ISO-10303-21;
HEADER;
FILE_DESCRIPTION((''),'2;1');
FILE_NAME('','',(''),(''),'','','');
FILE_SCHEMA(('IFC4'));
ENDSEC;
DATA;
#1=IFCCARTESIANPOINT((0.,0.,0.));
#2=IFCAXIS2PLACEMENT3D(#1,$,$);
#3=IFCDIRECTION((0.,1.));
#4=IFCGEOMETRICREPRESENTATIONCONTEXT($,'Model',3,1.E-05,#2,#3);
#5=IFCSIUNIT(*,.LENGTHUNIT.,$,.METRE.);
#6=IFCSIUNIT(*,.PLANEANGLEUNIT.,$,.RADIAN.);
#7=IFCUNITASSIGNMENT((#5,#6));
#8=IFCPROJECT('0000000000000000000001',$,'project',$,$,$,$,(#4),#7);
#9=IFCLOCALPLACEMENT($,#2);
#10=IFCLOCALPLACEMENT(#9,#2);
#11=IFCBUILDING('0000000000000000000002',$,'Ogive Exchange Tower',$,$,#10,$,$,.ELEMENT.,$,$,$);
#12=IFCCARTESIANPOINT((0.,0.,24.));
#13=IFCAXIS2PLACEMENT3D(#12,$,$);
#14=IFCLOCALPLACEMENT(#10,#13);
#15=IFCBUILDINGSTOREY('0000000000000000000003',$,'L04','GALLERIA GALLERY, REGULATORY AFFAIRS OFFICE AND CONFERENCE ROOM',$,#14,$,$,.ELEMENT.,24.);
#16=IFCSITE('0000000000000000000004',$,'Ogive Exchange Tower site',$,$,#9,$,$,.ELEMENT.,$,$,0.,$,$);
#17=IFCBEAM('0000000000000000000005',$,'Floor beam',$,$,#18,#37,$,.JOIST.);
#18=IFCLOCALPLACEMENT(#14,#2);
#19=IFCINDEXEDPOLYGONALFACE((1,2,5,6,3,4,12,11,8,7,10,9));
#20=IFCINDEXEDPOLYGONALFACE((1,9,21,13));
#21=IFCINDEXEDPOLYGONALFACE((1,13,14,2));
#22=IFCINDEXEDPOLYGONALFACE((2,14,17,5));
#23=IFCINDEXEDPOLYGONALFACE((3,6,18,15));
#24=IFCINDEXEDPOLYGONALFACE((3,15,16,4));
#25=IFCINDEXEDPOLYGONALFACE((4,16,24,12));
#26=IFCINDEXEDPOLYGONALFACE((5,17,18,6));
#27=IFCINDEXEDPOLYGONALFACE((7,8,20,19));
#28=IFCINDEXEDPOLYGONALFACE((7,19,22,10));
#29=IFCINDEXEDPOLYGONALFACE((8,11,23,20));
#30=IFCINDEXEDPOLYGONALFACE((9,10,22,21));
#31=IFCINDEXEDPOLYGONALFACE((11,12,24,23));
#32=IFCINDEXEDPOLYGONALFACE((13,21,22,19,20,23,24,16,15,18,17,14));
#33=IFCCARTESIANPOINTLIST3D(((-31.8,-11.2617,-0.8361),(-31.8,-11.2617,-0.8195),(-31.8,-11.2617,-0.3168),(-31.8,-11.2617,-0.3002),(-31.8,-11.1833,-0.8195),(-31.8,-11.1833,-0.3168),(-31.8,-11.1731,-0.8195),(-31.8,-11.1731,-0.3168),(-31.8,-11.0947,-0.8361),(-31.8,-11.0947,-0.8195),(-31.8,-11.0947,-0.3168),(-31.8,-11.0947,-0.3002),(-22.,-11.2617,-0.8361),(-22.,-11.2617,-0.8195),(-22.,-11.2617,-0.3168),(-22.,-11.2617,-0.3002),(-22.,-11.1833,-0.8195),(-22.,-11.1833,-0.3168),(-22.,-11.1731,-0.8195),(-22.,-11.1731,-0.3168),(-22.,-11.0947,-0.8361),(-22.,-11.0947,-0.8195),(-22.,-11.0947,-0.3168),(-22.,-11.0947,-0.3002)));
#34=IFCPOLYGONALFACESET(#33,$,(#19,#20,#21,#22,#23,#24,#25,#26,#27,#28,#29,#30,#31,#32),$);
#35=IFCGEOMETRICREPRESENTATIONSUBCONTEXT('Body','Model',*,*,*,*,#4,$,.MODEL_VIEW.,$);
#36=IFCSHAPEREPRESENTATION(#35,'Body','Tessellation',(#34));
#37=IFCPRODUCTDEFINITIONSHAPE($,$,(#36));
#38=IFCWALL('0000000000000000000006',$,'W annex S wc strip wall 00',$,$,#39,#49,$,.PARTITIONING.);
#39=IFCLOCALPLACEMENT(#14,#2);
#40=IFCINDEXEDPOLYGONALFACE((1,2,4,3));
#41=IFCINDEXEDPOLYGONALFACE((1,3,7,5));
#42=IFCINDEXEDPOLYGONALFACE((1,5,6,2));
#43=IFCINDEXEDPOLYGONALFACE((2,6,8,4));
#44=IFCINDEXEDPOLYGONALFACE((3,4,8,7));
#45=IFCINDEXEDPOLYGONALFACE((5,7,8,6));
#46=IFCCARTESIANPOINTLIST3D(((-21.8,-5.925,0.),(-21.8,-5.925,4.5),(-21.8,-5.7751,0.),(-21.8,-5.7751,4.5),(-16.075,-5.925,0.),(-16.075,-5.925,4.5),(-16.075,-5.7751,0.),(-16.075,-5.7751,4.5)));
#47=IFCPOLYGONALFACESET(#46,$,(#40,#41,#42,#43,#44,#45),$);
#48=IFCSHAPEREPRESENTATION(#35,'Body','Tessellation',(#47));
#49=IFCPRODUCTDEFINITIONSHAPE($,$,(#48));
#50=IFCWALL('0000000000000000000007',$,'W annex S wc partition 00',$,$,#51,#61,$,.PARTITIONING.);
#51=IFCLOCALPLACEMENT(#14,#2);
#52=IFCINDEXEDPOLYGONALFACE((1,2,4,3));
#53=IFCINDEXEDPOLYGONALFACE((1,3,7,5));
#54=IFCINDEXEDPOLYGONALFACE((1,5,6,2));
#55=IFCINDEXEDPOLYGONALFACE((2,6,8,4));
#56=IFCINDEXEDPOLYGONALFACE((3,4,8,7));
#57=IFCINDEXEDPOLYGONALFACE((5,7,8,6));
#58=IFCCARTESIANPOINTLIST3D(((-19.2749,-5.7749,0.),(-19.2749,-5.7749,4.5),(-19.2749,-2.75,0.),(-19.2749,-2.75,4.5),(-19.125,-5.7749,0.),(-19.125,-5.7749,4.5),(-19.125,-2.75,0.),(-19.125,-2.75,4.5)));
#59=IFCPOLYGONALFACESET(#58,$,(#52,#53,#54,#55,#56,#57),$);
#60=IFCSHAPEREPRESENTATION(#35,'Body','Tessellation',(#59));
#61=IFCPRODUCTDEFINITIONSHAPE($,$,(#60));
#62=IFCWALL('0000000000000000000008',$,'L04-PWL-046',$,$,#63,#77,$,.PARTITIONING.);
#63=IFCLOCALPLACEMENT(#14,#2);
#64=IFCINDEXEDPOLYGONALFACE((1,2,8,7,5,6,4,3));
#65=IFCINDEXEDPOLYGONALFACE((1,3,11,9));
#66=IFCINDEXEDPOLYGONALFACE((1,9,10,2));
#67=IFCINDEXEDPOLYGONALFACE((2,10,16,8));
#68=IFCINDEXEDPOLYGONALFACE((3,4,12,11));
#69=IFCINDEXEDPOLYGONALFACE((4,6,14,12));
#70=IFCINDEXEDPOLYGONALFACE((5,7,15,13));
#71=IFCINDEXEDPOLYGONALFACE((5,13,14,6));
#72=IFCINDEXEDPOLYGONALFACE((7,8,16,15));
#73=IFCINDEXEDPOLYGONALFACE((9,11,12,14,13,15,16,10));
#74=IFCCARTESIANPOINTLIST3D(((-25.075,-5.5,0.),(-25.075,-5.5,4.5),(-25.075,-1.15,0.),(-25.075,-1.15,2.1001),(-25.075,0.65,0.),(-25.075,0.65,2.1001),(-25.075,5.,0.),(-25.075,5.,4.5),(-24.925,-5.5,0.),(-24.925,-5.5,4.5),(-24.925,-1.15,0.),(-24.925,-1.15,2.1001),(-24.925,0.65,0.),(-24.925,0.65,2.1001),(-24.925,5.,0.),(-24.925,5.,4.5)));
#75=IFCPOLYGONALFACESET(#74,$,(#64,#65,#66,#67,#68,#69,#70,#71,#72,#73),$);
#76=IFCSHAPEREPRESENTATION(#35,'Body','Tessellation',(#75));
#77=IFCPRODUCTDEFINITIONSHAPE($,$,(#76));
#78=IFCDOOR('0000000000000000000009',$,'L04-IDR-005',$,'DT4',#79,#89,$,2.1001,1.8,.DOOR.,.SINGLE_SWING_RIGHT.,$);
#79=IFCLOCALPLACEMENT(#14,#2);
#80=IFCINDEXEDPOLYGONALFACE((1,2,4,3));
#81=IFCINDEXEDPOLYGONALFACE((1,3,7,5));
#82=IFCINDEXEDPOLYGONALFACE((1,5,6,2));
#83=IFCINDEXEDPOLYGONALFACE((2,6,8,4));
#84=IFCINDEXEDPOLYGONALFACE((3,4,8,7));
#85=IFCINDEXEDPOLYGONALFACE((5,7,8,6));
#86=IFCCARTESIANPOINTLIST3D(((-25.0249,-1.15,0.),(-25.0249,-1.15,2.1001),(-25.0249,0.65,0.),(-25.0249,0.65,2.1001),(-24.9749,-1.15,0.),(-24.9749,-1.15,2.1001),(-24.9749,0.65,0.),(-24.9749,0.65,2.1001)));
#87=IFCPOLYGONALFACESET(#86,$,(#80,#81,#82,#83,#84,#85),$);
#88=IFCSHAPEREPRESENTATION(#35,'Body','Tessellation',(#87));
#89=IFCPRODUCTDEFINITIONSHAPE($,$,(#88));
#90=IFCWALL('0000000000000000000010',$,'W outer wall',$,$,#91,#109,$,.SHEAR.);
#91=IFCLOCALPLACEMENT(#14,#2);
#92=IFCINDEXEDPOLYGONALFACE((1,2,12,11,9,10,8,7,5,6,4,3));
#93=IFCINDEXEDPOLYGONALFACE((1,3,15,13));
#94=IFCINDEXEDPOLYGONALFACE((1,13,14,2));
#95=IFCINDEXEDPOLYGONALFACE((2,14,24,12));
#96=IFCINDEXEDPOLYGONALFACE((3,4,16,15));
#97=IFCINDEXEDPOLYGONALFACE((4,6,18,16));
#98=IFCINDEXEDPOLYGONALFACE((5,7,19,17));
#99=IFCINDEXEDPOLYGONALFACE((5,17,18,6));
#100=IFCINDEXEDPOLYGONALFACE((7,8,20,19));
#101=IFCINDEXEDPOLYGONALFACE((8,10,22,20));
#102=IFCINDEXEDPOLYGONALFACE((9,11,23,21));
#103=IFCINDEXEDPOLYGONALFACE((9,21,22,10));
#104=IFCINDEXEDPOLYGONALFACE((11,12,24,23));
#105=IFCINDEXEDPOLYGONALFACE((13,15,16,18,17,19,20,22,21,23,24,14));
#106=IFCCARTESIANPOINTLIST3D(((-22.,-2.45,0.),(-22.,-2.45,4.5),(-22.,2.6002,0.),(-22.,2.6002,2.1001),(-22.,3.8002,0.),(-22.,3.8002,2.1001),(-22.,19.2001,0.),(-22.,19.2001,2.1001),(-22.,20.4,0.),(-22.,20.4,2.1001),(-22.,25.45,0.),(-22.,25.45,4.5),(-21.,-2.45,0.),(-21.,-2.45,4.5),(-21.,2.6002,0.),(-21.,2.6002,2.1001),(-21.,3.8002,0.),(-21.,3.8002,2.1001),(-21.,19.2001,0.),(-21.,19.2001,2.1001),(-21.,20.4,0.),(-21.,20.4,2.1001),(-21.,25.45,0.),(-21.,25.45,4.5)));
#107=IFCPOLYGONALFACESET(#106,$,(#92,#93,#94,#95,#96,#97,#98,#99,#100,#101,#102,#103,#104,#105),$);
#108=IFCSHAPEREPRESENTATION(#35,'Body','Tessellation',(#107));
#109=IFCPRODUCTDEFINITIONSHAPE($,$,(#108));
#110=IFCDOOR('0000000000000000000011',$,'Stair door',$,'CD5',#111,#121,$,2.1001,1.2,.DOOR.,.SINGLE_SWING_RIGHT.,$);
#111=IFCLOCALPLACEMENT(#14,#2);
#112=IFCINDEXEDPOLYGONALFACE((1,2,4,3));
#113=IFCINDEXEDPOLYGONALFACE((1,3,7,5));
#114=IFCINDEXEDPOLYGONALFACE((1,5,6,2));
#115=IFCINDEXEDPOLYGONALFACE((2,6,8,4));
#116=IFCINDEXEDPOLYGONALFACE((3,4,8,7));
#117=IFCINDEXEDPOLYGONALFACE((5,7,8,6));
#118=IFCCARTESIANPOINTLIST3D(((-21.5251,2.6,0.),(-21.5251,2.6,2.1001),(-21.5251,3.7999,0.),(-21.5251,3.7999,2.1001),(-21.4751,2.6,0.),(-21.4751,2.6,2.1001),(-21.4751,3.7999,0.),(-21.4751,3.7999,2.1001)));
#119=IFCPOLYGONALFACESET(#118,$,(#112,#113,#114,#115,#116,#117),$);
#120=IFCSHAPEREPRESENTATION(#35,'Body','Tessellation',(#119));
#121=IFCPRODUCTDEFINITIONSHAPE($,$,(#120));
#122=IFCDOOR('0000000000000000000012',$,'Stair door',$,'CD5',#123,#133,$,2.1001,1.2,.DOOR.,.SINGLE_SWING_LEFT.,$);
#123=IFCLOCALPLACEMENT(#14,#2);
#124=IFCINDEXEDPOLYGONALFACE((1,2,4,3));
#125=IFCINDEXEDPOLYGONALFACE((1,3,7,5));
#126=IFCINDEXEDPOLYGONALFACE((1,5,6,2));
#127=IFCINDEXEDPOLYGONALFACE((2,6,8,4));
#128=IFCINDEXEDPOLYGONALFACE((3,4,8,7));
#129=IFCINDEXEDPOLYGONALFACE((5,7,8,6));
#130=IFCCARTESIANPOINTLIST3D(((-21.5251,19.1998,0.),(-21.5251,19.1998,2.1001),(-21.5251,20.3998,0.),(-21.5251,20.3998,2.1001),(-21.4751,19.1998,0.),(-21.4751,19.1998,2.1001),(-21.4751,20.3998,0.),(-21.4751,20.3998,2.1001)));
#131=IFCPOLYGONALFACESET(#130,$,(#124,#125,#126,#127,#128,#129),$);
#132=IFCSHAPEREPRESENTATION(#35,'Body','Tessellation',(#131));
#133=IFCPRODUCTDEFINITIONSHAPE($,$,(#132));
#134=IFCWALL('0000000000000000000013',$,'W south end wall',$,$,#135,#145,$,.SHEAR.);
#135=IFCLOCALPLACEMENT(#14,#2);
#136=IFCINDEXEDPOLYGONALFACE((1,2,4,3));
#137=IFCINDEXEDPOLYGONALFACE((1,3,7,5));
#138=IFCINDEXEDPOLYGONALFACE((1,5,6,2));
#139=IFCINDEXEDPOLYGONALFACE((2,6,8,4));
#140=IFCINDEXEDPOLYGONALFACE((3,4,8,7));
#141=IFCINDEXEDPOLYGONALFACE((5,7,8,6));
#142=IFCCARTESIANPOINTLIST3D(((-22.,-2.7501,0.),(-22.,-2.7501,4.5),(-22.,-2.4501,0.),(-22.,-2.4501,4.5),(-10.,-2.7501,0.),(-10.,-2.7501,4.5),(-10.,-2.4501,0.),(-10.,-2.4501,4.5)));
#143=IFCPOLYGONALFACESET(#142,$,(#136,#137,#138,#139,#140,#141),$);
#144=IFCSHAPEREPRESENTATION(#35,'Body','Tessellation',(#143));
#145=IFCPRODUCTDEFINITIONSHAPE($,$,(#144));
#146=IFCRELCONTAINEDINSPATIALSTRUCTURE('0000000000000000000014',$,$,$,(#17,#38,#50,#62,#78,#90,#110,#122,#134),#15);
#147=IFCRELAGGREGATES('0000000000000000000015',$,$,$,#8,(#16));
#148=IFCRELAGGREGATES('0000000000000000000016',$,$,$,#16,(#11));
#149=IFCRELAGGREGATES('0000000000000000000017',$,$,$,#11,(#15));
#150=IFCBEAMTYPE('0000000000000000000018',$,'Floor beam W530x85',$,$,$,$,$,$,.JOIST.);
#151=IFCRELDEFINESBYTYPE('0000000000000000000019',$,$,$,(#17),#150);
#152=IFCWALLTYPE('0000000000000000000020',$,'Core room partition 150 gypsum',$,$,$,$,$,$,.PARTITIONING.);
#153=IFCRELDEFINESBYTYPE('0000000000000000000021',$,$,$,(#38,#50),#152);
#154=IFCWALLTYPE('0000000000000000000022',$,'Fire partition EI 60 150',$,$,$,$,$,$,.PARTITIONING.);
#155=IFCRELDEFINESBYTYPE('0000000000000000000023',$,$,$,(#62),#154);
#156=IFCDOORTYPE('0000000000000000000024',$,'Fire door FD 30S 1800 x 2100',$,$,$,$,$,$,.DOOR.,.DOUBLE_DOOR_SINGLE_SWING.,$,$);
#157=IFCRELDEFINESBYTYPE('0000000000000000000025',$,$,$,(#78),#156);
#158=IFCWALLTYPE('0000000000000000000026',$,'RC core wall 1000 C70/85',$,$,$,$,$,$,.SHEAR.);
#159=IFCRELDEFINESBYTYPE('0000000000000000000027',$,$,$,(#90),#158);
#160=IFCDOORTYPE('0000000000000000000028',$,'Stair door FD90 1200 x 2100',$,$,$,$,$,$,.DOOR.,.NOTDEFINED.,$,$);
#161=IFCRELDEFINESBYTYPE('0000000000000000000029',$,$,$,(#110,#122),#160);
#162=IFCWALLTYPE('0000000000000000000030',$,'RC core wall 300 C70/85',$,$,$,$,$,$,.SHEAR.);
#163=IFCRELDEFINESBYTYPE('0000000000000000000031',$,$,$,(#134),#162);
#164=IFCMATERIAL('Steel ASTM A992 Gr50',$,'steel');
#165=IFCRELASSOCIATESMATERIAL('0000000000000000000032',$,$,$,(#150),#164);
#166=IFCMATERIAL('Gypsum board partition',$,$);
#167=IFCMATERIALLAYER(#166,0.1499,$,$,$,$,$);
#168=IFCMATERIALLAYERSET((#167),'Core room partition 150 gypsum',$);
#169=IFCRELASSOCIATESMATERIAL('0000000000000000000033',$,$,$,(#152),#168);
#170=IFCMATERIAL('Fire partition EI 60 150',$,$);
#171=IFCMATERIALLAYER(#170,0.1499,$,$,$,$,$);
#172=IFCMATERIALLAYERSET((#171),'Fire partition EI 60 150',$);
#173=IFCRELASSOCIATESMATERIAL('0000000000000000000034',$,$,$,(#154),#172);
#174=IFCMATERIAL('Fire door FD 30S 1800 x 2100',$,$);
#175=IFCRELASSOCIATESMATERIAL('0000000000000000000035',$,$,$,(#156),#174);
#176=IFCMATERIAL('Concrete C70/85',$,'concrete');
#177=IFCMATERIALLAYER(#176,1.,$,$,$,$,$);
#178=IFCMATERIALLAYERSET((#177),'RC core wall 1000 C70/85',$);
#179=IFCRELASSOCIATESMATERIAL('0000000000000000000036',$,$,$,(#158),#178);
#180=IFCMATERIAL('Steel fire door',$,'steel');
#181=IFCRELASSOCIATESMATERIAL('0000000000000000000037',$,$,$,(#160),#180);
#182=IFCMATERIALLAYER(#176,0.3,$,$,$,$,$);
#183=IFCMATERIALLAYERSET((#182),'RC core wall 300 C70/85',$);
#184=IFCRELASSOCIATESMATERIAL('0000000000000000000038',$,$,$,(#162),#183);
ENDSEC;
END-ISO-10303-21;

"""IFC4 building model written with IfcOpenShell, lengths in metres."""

from ifc_helpers import new_model, si_unit, direction, frame, frame_2d, origin, origin_2d, place, context, subcontext, project, spatial, rectangle, i_section, extrude, material, layer, layer_set, material_profile, profile_set, type_object, element, fill, save


model = new_model("IFC4")

# Units and contexts
model_context = context("Model", 3, precision=1e-05, world=origin(), true_north=direction((0.0, 1.0)))
body_context = subcontext(model_context, "Body", "Model", "MODEL_VIEW")
ifc_project = project(units=[si_unit("LENGTHUNIT", "METRE"), si_unit("PLANEANGLEUNIT", "RADIAN")], contexts=[model_context])

# Site, building, storey
site_placement = place(None, origin())
site = spatial("IfcSite", under=ifc_project, at=site_placement, Name="Ogive Exchange Tower site", CompositionType="ELEMENT", RefElevation=0.0)
building_placement = place(site_placement, origin())
building = spatial("IfcBuilding", under=site, at=building_placement, Name="Ogive Exchange Tower", CompositionType="ELEMENT")
storey_placement = place(building_placement, frame((0.0, 0.0, 24.0)))
storey = spatial("IfcBuildingStorey", under=building, at=storey_placement, Name="L04", Description="GALLERIA GALLERY, REGULATORY AFFAIRS OFFICE AND CONFERENCE ROOM", CompositionType="ELEMENT", Elevation=24.0)

# Beam
ifc_material_1 = material(Name="Steel ASTM A992 Gr50", Category="steel")
ifc_material_profile = material_profile(ifc_material_1, i_section(OverallWidth=0.167, OverallDepth=0.5359, WebThickness=0.0103, FlangeThickness=0.0166, at=origin_2d()), Name="W530x85")
ifc_profile_set = profile_set([ifc_material_profile], Name="Steel ASTM A992 Gr50")
beam_type = type_object("IfcBeamType", Name="Floor beam W530x85", PredefinedType="JOIST", material=ifc_profile_set)
beam_placement = place(storey_placement, frame((-31.8, -11.1782, -0.5681), z_axis=(1.0, 0.0, 0.0), x_axis=(0.0, 1.0, 0.0)))
element("IfcBeam", 1, at=beam_placement, inside=storey, type_object=beam_type, Name="Floor beam", PredefinedType="JOIST", context=body_context, shape_type="SweptSolid", body=[
    extrude(i_section(OverallWidth=0.167, OverallDepth=0.5359, WebThickness=0.0103, FlangeThickness=0.0166, at=origin_2d()), origin(), (0.0, 0.0, 1.0), 9.8),
])

# Walls
ifc_material_2 = material(Name="Gypsum board partition")
ifc_layer_1 = layer(ifc_material_2, 0.1499)
ifc_layer_set_1 = layer_set([ifc_layer_1], Name="Core room partition 150 gypsum")
wall_type_1 = type_object("IfcWallType", Name="Core room partition 150 gypsum", PredefinedType="PARTITIONING", material=ifc_layer_set_1)
wall_1_placement = place(storey_placement, frame((-21.8, -5.8501, 0.0), z_axis=(0.0, 0.0, 1.0), x_axis=(1.0, 0.0, 0.0)))
element("IfcWall", 2, at=wall_1_placement, inside=storey, type_object=wall_type_1, Name="W annex S wc strip wall 00", PredefinedType="PARTITIONING", context=body_context, shape_type="SweptSolid", body=[
    extrude(rectangle(XDim=5.7251, YDim=0.1499, at=frame_2d((2.8625, 0.0))), origin(), (0.0, 0.0, 1.0), 4.5),
])
wall_2_placement = place(storey_placement, frame((-19.2, -5.7749, 0.0), z_axis=(0.0, 0.0, 1.0), x_axis=(0.0, 1.0, 0.0)))
element("IfcWall", 3, at=wall_2_placement, inside=storey, type_object=wall_type_1, Name="W annex S wc partition 00", PredefinedType="PARTITIONING", context=body_context, shape_type="SweptSolid", body=[
    extrude(rectangle(XDim=3.0249, YDim=0.1499, at=frame_2d((1.5125, 0.0))), origin(), (0.0, 0.0, 1.0), 4.5),
])

# Wall, opening, door
ifc_material_3 = material(Name="Fire partition EI 60 150")
ifc_layer_2 = layer(ifc_material_3, 0.1499)
ifc_layer_set_2 = layer_set([ifc_layer_2], Name="Fire partition EI 60 150")
wall_type_2 = type_object("IfcWallType", Name="Fire partition EI 60 150", PredefinedType="PARTITIONING", material=ifc_layer_set_2)
wall_3_placement = place(storey_placement, frame((-25.0, -5.5, 0.0), z_axis=(0.0, 0.0, 1.0), x_axis=(0.0, 1.0, 0.0)))
wall_3 = element("IfcWall", 4, at=wall_3_placement, inside=storey, type_object=wall_type_2, Name="L04-PWL-046", PredefinedType="PARTITIONING", context=body_context, shape_type="SweptSolid", body=[
    extrude(rectangle(XDim=10.5, YDim=0.1499, at=frame_2d((5.25, 0.0))), origin(), (0.0, 0.0, 1.0), 4.5),
])
opening_1_placement = place(wall_3_placement, frame((4.3501, 0.0, 0.0)))
opening_1 = element("IfcOpeningElement", 5, at=opening_1_placement, cuts=wall_3, PredefinedType="OPENING", context=body_context, shape_type="SweptSolid", body=[
    extrude(rectangle(XDim=1.8, YDim=2.1001, at=frame_2d((0.8999, 1.05))), frame((0.0, 0.085, 0.0), z_axis=(0.0, -1.0, 0.0), x_axis=(1.0, 0.0, 0.0)), (0.0, 0.0, 1.0), 0.1699),
])
ifc_material_4 = material(Name="Fire door FD 30S 1800 x 2100")
door_type_1 = type_object("IfcDoorType", Name="Fire door FD 30S 1800 x 2100", OperationType="DOUBLE_DOOR_SINGLE_SWING", PredefinedType="DOOR", material=ifc_material_4)
door_1_placement = place(opening_1_placement, origin())
door_1 = element("IfcDoor", 6, at=door_1_placement, inside=storey, type_object=door_type_1, Name="L04-IDR-005", ObjectType="DT4", OperationType="SINGLE_SWING_RIGHT", OverallHeight=2.1001, OverallWidth=1.8, PredefinedType="DOOR", context=body_context, shape_type="SweptSolid", body=[
    extrude(rectangle(XDim=1.8, YDim=2.1001, at=frame_2d((0.8999, 1.05))), frame((0.0, 0.0249, 0.0), z_axis=(0.0, -1.0, 0.0), x_axis=(1.0, 0.0, 0.0)), (0.0, 0.0, 1.0), 0.05),
])
fill(opening_1, door_1)

# Wall, openings, doors
ifc_material_5 = material(Name="Concrete C70/85", Category="concrete")
ifc_layer_3 = layer(ifc_material_5, 1.0)
ifc_layer_set_3 = layer_set([ifc_layer_3], Name="RC core wall 1000 C70/85")
wall_type_3 = type_object("IfcWallType", Name="RC core wall 1000 C70/85", PredefinedType="SHEAR", material=ifc_layer_set_3)
wall_4_placement = place(storey_placement, frame((-21.5, -2.45, 0.0), z_axis=(0.0, 0.0, 1.0), x_axis=(0.0, 1.0, 0.0)))
wall_4 = element("IfcWall", 7, at=wall_4_placement, inside=storey, type_object=wall_type_3, Name="W outer wall", PredefinedType="SHEAR", context=body_context, shape_type="SweptSolid", body=[
    extrude(rectangle(XDim=27.8999, YDim=1.0, at=frame_2d((13.95, 0.0))), origin(), (0.0, 0.0, 1.0), 4.5),
])
opening_2_placement = place(wall_4_placement, frame((5.05, 0.0, 0.0)))
opening_2 = element("IfcOpeningElement", 8, at=opening_2_placement, cuts=wall_4, PredefinedType="OPENING", context=body_context, shape_type="SweptSolid", body=[
    extrude(rectangle(XDim=1.2, YDim=2.1001, at=frame_2d((0.6001, 1.05))), frame((0.0, 0.51, 0.0), z_axis=(0.0, -1.0, 0.0), x_axis=(1.0, 0.0, 0.0)), (0.0, 0.0, 1.0), 1.02),
])
opening_3_placement = place(wall_4_placement, frame((21.6499, 0.0, 0.0)))
opening_3 = element("IfcOpeningElement", 9, at=opening_3_placement, cuts=wall_4, PredefinedType="OPENING", context=body_context, shape_type="SweptSolid", body=[
    extrude(rectangle(XDim=1.2, YDim=2.1001, at=frame_2d((0.6001, 1.05))), frame((0.0, 0.51, 0.0), z_axis=(0.0, -1.0, 0.0), x_axis=(1.0, 0.0, 0.0)), (0.0, 0.0, 1.0), 1.02),
])
ifc_material_6 = material(Name="Steel fire door", Category="steel")
door_type_2 = type_object("IfcDoorType", Name="Stair door FD90 1200 x 2100", OperationType="NOTDEFINED", PredefinedType="DOOR", material=ifc_material_6)
door_2_placement = place(opening_2_placement, frame((1.2, 0.0, 0.0), z_axis=(0.0, 0.0, 1.0), x_axis=(-1.0, 0.0, 0.0)))
door_2 = element("IfcDoor", 10, at=door_2_placement, inside=storey, type_object=door_type_2, Name="Stair door", ObjectType="CD5", OperationType="SINGLE_SWING_RIGHT", OverallHeight=2.1001, OverallWidth=1.2, PredefinedType="DOOR", context=body_context, shape_type="SweptSolid", body=[
    extrude(rectangle(XDim=1.2, YDim=2.1001, at=frame_2d((0.6001, 1.05))), frame((0.0, 0.0249, 0.0), z_axis=(0.0, -1.0, 0.0), x_axis=(1.0, 0.0, 0.0)), (0.0, 0.0, 1.0), 0.05),
])
fill(opening_2, door_2)
door_3_placement = place(opening_3_placement, frame((1.2, 0.0, 0.0), z_axis=(0.0, 0.0, 1.0), x_axis=(-1.0, 0.0, 0.0)))
door_3 = element("IfcDoor", 11, at=door_3_placement, inside=storey, type_object=door_type_2, Name="Stair door", ObjectType="CD5", OperationType="SINGLE_SWING_LEFT", OverallHeight=2.1001, OverallWidth=1.2, PredefinedType="DOOR", context=body_context, shape_type="SweptSolid", body=[
    extrude(rectangle(XDim=1.2, YDim=2.1001, at=frame_2d((0.6001, 1.05))), frame((0.0, 0.0249, 0.0), z_axis=(0.0, -1.0, 0.0), x_axis=(1.0, 0.0, 0.0)), (0.0, 0.0, 1.0), 0.05),
])
fill(opening_3, door_3)

# Wall
ifc_layer_4 = layer(ifc_material_5, 0.3)
ifc_layer_set_4 = layer_set([ifc_layer_4], Name="RC core wall 300 C70/85")
wall_type_4 = type_object("IfcWallType", Name="RC core wall 300 C70/85", PredefinedType="SHEAR", material=ifc_layer_set_4)
wall_5_placement = place(storey_placement, frame((-22.0, -2.6001, 0.0), z_axis=(0.0, 0.0, 1.0), x_axis=(1.0, 0.0, 0.0)))
element("IfcWall", 12, at=wall_5_placement, inside=storey, type_object=wall_type_4, Name="W south end wall", PredefinedType="SHEAR", context=body_context, shape_type="SweptSolid", body=[
    extrude(rectangle(XDim=12.0, YDim=0.3, at=frame_2d((6.0, 0.0))), origin(), (0.0, 0.0, 1.0), 4.5),
])

save(model, "model.ifc")
